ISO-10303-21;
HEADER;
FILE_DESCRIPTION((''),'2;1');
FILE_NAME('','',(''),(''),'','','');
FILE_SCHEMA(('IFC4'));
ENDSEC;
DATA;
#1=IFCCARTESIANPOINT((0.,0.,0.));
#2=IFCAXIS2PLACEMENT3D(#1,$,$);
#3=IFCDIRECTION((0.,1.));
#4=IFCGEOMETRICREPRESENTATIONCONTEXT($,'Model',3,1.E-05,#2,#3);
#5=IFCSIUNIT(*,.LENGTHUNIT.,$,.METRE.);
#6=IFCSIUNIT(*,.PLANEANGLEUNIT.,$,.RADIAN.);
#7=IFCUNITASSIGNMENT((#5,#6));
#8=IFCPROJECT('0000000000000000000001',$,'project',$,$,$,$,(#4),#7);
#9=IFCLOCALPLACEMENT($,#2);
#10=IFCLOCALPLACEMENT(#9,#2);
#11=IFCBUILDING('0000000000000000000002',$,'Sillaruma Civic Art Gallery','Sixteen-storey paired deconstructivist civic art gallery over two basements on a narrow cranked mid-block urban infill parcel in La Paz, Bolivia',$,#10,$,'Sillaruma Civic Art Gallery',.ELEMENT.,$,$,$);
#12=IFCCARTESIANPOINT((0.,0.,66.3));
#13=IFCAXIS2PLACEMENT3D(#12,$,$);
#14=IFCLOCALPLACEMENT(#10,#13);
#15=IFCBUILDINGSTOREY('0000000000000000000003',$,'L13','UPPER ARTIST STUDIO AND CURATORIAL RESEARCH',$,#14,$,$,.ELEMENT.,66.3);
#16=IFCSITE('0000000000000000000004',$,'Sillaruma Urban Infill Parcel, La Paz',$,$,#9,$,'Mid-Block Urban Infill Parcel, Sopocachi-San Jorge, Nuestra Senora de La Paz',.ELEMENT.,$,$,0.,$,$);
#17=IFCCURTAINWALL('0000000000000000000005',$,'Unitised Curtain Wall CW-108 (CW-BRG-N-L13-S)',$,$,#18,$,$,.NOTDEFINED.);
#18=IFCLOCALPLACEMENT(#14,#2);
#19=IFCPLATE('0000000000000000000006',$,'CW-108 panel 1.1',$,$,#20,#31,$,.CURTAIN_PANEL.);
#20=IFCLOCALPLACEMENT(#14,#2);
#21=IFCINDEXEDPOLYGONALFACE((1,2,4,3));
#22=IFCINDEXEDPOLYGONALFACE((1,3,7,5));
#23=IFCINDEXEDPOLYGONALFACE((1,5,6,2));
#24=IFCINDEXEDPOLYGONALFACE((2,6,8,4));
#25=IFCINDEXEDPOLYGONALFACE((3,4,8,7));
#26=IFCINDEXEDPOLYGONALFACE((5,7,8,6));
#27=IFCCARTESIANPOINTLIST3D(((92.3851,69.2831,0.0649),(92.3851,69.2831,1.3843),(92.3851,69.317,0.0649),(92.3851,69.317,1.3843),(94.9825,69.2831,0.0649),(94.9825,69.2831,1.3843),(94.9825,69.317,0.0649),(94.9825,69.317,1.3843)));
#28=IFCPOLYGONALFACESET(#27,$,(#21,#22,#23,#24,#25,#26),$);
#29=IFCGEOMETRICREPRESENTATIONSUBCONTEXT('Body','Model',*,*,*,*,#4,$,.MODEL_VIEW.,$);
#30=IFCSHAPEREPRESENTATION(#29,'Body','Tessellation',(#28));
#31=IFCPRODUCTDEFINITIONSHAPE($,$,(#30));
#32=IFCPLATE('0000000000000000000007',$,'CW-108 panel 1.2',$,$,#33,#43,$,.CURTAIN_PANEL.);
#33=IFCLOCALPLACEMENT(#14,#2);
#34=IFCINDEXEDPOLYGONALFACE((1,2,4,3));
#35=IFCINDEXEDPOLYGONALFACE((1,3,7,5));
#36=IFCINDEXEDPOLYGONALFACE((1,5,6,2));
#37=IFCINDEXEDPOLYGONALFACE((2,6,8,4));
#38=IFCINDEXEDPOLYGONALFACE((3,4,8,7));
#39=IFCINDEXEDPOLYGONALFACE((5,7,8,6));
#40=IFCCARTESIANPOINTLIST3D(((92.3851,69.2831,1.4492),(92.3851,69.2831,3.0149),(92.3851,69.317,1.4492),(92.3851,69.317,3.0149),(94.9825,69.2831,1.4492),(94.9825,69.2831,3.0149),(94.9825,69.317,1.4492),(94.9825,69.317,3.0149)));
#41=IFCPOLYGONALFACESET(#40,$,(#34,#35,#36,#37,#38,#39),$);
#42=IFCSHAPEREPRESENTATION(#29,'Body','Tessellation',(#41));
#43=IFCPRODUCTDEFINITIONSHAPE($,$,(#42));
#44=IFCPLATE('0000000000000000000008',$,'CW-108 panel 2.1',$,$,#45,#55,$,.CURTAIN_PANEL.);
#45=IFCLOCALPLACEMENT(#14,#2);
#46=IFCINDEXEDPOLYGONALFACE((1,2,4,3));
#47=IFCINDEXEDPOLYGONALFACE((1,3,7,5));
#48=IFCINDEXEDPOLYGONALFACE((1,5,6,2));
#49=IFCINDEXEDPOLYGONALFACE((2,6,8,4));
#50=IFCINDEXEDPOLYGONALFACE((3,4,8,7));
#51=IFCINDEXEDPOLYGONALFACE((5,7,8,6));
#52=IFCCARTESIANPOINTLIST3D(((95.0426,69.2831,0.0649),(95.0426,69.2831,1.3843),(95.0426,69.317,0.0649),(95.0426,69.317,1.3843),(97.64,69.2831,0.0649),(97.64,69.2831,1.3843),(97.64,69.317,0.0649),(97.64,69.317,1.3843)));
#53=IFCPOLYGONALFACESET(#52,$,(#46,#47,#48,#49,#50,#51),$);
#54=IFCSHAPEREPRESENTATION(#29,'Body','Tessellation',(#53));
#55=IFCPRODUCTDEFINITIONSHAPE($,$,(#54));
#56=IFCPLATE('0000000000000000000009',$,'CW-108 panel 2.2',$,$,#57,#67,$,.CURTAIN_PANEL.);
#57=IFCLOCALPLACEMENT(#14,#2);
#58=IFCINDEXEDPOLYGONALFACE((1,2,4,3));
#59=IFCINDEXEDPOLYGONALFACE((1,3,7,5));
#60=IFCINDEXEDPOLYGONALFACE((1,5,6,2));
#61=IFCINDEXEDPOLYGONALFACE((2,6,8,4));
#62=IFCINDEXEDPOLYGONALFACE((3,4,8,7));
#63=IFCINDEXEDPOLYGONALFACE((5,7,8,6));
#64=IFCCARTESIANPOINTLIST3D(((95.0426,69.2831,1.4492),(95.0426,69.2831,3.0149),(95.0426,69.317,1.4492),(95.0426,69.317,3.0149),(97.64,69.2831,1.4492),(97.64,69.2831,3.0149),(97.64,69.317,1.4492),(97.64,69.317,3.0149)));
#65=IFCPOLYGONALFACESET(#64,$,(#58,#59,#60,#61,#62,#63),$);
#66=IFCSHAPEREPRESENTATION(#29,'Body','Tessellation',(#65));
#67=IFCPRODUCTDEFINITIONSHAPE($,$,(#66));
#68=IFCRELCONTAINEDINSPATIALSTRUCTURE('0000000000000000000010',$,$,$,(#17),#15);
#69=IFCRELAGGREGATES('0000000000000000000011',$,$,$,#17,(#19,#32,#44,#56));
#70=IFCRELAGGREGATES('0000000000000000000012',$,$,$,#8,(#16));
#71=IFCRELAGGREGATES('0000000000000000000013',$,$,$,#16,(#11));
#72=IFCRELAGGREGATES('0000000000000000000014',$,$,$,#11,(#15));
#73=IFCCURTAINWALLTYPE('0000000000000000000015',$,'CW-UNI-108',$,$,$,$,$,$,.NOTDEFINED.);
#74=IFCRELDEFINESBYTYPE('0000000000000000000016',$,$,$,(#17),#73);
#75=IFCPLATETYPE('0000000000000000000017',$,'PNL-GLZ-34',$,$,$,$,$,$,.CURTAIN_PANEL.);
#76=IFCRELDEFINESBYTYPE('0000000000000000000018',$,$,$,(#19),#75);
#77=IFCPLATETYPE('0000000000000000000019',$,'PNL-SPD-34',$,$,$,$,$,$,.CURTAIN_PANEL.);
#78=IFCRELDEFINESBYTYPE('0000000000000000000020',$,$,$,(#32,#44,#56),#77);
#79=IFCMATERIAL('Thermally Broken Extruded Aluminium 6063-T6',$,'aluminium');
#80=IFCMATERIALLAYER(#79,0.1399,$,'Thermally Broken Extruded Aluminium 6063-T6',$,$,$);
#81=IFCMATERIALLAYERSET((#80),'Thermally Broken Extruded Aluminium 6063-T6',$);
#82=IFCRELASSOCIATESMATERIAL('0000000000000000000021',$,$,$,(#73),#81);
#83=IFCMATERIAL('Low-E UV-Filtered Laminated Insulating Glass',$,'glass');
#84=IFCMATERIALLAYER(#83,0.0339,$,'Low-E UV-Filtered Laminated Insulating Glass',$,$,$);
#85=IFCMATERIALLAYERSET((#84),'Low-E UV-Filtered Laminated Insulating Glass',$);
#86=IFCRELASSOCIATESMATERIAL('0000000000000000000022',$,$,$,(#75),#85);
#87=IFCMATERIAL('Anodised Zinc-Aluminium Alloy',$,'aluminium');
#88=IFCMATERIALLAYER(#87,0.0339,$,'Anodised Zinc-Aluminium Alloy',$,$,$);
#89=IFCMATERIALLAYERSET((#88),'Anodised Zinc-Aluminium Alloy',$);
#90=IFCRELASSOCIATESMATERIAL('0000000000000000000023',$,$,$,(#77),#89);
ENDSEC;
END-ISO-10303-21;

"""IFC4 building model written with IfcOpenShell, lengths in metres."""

from ifc_helpers import new_model, si_unit, direction, frame, origin, origin_2d, place, context, subcontext, project, spatial, rectangle, extrude, material, layer, layer_set, type_object, element, aggregate, save


model = new_model("IFC4")

# Units and contexts
model_context = context("Model", 3, precision=1e-05, world=origin(), true_north=direction((0.0, 1.0)))
body_context = subcontext(model_context, "Body", "Model", "MODEL_VIEW")
ifc_project = project(units=[si_unit("LENGTHUNIT", "METRE"), si_unit("PLANEANGLEUNIT", "RADIAN")], contexts=[model_context])

# Site, building, storey
site_placement = place(None, origin())
site = spatial("IfcSite", under=ifc_project, at=site_placement, Name="Sillaruma Urban Infill Parcel, La Paz", LongName="Mid-Block Urban Infill Parcel, Sopocachi-San Jorge, Nuestra Senora de La Paz", CompositionType="ELEMENT", RefElevation=0.0)
building_placement = place(site_placement, origin())
building = spatial("IfcBuilding", under=site, at=building_placement, Name="Sillaruma Civic Art Gallery", Description="Sixteen-storey paired deconstructivist civic art gallery over two basements on a narrow cranked mid-block urban infill parcel in La Paz, Bolivia", LongName="Sillaruma Civic Art Gallery", CompositionType="ELEMENT")
storey_placement = place(building_placement, frame((0.0, 0.0, 66.3)))
storey = spatial("IfcBuildingStorey", under=building, at=storey_placement, Name="L13", Description="UPPER ARTIST STUDIO AND CURATORIAL RESEARCH", CompositionType="ELEMENT", Elevation=66.3)

# Curtain wall
ifc_material_1 = material(Name="Thermally Broken Extruded Aluminium 6063-T6", Category="aluminium")
ifc_layer_1 = layer(ifc_material_1, 0.1399, Name="Thermally Broken Extruded Aluminium 6063-T6")
ifc_layer_set_1 = layer_set([ifc_layer_1], Name="Thermally Broken Extruded Aluminium 6063-T6")
curtain_wall_type_1 = type_object("IfcCurtainWallType", Name="CW-UNI-108", PredefinedType="NOTDEFINED", material=ifc_layer_set_1)
curtain_wall_1_placement = place(storey_placement, origin())
curtain_wall_1 = element("IfcCurtainWall", 1, at=curtain_wall_1_placement, inside=storey, type_object=curtain_wall_type_1, Name="Unitised Curtain Wall CW-108 (CW-BRG-N-L13-S)", PredefinedType="NOTDEFINED")

# Plates
ifc_material_2 = material(Name="Anodised Zinc-Aluminium Alloy", Category="aluminium")
ifc_material_3 = material(Name="Low-E UV-Filtered Laminated Insulating Glass", Category="glass")
ifc_layer_2 = layer(ifc_material_3, 0.0339, Name="Low-E UV-Filtered Laminated Insulating Glass")
ifc_layer_set_2 = layer_set([ifc_layer_2], Name="Low-E UV-Filtered Laminated Insulating Glass")
plate_type_1 = type_object("IfcPlateType", Name="PNL-GLZ-34", PredefinedType="CURTAIN_PANEL", material=ifc_layer_set_2)
plate_1_placement = place(storey_placement, frame((93.6838, 69.3, 0.0649), z_axis=(0.0, 0.0, 1.0), x_axis=(1.0, 0.0, 0.0)))
plate_1 = element("IfcPlate", 2, at=plate_1_placement, type_object=plate_type_1, Name="CW-108 panel 1.1", PredefinedType="CURTAIN_PANEL", context=body_context, shape_type="SweptSolid", body=[
    extrude(rectangle(XDim=2.5974, YDim=0.0339, at=origin_2d()), origin(), (0.0, 0.0, 1.0), 1.3193),
])
ifc_layer_3 = layer(ifc_material_2, 0.0339, Name="Anodised Zinc-Aluminium Alloy")
ifc_layer_set_3 = layer_set([ifc_layer_3], Name="Anodised Zinc-Aluminium Alloy")
plate_type_2 = type_object("IfcPlateType", Name="PNL-SPD-34", PredefinedType="CURTAIN_PANEL", material=ifc_layer_set_3)
plate_2_placement = place(storey_placement, frame((93.6838, 69.3, 1.4492), z_axis=(0.0, 0.0, 1.0), x_axis=(1.0, 0.0, 0.0)))
plate_2 = element("IfcPlate", 3, at=plate_2_placement, type_object=plate_type_2, Name="CW-108 panel 1.2", PredefinedType="CURTAIN_PANEL", context=body_context, shape_type="SweptSolid", body=[
    extrude(rectangle(XDim=2.5974, YDim=0.0339, at=origin_2d()), origin(), (0.0, 0.0, 1.0), 1.5657),
])
plate_3_placement = place(storey_placement, frame((96.3413, 69.3, 0.0649), z_axis=(0.0, 0.0, 1.0), x_axis=(1.0, 0.0, 0.0)))
plate_3 = element("IfcPlate", 4, at=plate_3_placement, type_object=plate_type_2, Name="CW-108 panel 2.1", PredefinedType="CURTAIN_PANEL", context=body_context, shape_type="SweptSolid", body=[
    extrude(rectangle(XDim=2.5974, YDim=0.0339, at=origin_2d()), origin(), (0.0, 0.0, 1.0), 1.3193),
])
plate_4_placement = place(storey_placement, frame((96.3413, 69.3, 1.4492), z_axis=(0.0, 0.0, 1.0), x_axis=(1.0, 0.0, 0.0)))
plate_4 = element("IfcPlate", 5, at=plate_4_placement, type_object=plate_type_2, Name="CW-108 panel 2.2", PredefinedType="CURTAIN_PANEL", context=body_context, shape_type="SweptSolid", body=[
    extrude(rectangle(XDim=2.5974, YDim=0.0339, at=origin_2d()), origin(), (0.0, 0.0, 1.0), 1.5657),
])
aggregate(curtain_wall_1, [plate_1, plate_2, plate_3, plate_4])

save(model, "model.ifc")
